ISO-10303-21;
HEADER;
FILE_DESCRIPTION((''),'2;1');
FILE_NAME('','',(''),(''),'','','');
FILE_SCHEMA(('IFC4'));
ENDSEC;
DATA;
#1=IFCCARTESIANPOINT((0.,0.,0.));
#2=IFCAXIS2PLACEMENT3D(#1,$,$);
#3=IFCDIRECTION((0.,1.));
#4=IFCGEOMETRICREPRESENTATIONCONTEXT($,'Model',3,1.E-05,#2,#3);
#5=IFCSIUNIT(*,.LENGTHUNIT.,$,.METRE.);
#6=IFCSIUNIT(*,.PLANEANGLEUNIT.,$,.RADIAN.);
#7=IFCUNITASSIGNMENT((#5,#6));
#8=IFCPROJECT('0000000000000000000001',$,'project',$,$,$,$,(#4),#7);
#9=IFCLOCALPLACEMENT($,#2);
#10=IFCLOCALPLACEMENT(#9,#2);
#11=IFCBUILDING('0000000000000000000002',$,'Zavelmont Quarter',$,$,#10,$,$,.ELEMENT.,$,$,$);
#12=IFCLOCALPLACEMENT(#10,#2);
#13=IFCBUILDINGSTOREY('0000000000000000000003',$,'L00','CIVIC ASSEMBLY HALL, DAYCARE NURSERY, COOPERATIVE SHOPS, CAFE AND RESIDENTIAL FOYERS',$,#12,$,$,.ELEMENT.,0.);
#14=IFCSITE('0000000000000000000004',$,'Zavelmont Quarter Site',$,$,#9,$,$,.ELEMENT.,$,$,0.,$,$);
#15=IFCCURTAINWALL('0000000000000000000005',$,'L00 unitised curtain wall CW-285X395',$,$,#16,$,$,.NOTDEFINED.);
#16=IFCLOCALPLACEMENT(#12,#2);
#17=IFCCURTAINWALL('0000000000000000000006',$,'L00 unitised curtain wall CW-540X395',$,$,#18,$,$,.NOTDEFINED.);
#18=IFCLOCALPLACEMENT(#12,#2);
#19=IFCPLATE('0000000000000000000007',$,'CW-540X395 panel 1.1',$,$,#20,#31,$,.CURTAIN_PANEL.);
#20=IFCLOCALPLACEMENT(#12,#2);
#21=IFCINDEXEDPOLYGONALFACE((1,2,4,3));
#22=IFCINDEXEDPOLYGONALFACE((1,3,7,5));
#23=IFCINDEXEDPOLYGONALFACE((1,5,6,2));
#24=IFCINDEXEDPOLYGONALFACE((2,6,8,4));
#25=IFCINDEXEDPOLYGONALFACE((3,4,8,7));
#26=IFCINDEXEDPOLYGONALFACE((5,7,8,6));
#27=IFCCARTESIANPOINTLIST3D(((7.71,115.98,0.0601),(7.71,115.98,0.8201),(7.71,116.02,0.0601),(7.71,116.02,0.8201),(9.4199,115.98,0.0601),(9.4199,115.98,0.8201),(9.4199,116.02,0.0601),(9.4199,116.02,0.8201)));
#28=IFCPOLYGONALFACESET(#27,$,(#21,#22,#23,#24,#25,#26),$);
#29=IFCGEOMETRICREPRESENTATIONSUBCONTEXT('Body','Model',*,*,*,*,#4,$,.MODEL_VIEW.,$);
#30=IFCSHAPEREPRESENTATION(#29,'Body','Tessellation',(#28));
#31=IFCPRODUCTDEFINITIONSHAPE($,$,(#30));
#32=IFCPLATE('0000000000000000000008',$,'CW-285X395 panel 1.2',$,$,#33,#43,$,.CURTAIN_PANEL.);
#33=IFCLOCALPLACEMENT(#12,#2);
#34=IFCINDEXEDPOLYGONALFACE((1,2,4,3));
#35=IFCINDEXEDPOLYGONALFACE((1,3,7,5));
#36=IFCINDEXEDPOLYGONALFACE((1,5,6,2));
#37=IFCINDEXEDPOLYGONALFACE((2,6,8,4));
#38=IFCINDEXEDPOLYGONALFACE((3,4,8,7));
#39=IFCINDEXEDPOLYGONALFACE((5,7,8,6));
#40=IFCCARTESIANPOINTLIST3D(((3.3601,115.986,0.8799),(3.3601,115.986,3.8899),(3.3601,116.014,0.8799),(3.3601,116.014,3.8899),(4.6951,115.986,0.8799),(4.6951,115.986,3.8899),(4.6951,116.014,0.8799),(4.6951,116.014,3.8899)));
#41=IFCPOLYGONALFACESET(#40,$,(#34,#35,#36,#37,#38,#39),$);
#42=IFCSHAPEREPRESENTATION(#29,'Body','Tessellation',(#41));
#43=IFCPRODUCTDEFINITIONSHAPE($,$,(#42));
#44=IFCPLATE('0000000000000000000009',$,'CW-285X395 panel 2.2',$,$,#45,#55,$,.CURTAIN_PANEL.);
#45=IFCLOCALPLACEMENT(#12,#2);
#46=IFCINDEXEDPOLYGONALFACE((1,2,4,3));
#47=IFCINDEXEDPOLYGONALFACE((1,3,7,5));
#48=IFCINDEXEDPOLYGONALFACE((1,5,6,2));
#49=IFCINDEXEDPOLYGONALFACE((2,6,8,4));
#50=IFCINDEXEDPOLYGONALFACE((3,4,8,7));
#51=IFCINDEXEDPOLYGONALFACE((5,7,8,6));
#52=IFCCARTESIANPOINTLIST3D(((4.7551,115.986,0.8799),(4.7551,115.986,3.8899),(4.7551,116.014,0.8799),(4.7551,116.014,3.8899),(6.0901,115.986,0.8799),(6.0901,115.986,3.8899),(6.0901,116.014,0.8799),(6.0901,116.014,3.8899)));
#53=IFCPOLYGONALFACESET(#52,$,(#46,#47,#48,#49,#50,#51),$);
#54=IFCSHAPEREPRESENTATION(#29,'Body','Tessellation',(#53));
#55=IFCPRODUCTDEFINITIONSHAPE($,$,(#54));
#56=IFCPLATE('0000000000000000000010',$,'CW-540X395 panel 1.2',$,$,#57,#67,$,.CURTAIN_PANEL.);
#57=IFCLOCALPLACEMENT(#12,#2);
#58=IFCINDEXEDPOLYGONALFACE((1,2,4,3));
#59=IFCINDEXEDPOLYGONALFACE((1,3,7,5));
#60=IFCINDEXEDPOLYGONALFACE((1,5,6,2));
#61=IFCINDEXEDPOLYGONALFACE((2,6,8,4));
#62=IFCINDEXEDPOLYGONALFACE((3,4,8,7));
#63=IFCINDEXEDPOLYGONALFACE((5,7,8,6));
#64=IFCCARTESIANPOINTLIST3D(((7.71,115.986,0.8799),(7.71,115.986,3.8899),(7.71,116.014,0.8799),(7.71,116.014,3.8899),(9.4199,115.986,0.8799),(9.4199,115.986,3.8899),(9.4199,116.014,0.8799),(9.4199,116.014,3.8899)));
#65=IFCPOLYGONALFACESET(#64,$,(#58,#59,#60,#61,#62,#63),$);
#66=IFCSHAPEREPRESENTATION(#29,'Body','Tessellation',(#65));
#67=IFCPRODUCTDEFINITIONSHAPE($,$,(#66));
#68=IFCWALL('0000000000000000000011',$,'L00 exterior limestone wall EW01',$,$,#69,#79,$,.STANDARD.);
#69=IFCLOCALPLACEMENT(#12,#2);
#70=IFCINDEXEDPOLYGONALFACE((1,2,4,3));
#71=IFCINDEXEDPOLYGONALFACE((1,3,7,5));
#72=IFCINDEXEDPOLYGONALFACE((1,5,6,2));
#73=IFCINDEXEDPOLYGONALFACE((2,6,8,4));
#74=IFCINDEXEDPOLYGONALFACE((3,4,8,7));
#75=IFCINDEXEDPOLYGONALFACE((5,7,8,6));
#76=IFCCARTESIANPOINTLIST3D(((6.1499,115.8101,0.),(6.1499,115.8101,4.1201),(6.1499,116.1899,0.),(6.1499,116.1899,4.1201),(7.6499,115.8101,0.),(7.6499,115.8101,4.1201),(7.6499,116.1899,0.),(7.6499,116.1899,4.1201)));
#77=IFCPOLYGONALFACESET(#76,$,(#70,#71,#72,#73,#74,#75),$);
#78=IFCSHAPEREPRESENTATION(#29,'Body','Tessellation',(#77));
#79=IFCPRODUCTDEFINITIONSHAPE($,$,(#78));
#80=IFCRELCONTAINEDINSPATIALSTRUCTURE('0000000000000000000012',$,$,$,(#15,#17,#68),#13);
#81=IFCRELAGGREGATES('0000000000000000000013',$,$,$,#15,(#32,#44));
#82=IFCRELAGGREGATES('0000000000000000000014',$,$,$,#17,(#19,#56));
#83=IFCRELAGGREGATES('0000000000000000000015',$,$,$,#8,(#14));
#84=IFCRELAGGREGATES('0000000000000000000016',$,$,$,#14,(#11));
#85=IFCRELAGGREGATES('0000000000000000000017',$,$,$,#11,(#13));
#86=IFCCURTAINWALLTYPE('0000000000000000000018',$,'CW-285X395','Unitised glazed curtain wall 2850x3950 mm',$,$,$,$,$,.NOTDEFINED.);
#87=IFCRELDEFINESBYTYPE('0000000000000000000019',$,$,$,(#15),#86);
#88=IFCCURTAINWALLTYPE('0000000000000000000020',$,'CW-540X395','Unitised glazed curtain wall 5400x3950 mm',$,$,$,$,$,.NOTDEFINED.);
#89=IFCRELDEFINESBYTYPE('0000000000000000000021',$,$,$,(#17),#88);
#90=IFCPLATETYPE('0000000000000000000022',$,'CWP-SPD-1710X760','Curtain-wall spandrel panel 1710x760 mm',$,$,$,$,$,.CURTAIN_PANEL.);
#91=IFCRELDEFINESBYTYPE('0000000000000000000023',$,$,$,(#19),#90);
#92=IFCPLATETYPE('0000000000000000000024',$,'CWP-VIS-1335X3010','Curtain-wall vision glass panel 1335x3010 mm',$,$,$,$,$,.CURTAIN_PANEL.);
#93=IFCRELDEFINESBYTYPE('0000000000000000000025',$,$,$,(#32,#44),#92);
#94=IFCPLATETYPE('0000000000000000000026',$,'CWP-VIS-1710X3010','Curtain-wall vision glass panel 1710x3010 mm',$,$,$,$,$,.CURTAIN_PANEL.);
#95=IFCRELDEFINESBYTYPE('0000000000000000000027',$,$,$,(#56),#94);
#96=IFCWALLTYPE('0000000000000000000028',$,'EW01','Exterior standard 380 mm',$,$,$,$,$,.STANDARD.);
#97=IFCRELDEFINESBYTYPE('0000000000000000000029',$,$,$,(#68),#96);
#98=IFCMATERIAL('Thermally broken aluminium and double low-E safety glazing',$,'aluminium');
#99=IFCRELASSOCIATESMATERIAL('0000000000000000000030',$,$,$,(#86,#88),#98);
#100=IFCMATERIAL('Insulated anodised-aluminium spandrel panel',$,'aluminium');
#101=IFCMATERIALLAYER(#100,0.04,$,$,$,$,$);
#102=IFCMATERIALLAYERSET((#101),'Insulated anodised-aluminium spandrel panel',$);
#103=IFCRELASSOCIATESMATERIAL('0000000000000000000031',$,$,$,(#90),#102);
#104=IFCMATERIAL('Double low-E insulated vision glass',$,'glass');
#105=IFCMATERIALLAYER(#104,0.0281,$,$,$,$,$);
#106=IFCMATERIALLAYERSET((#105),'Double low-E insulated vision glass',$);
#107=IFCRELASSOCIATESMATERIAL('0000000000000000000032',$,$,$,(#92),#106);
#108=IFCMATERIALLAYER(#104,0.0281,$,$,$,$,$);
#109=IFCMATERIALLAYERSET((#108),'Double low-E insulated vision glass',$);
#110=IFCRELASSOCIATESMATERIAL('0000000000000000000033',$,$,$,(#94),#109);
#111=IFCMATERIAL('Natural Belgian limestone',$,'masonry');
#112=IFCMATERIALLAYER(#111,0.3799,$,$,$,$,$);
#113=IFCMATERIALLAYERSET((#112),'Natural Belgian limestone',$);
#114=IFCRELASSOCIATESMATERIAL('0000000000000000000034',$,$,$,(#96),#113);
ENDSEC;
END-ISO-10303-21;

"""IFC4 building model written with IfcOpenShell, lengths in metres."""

from ifc_helpers import new_model, si_unit, direction, frame, frame_2d, origin, origin_2d, place, context, subcontext, project, spatial, rectangle, extrude, material, layer, layer_set, type_object, element, aggregate, save


model = new_model("IFC4")

# Units and contexts
model_context = context("Model", 3, precision=1e-05, world=origin(), true_north=direction((0.0, 1.0)))
body_context = subcontext(model_context, "Body", "Model", "MODEL_VIEW")
ifc_project = project(units=[si_unit("LENGTHUNIT", "METRE"), si_unit("PLANEANGLEUNIT", "RADIAN")], contexts=[model_context])

# Site, building, storey
site_placement = place(None, origin())
site = spatial("IfcSite", under=ifc_project, at=site_placement, Name="Zavelmont Quarter Site", CompositionType="ELEMENT", RefElevation=0.0)
building_placement = place(site_placement, origin())
building = spatial("IfcBuilding", under=site, at=building_placement, Name="Zavelmont Quarter", CompositionType="ELEMENT")
storey_placement = place(building_placement, origin())
storey = spatial("IfcBuildingStorey", under=building, at=storey_placement, Name="L00", Description="CIVIC ASSEMBLY HALL, DAYCARE NURSERY, COOPERATIVE SHOPS, CAFE AND RESIDENTIAL FOYERS", CompositionType="ELEMENT", Elevation=0.0)

# Curtain walls
ifc_material_1 = material(Name="Thermally broken aluminium and double low-E safety glazing", Category="aluminium")
curtain_wall_type_1 = type_object("IfcCurtainWallType", Name="CW-285X395", Description="Unitised glazed curtain wall 2850x3950 mm", PredefinedType="NOTDEFINED", material=ifc_material_1)
curtain_wall_1_placement = place(storey_placement, origin())
curtain_wall_1 = element("IfcCurtainWall", 1, at=curtain_wall_1_placement, inside=storey, type_object=curtain_wall_type_1, Name="L00 unitised curtain wall CW-285X395", PredefinedType="NOTDEFINED")
curtain_wall_type_2 = type_object("IfcCurtainWallType", Name="CW-540X395", Description="Unitised glazed curtain wall 5400x3950 mm", PredefinedType="NOTDEFINED", material=ifc_material_1)
curtain_wall_2_placement = place(storey_placement, origin())
curtain_wall_2 = element("IfcCurtainWall", 2, at=curtain_wall_2_placement, inside=storey, type_object=curtain_wall_type_2, Name="L00 unitised curtain wall CW-540X395", PredefinedType="NOTDEFINED")

# Plates
ifc_material_2 = material(Name="Insulated anodised-aluminium spandrel panel", Category="aluminium")
ifc_layer_1 = layer(ifc_material_2, 0.04)
ifc_layer_set_1 = layer_set([ifc_layer_1], Name="Insulated anodised-aluminium spandrel panel")
plate_type_1 = type_object("IfcPlateType", Name="CWP-SPD-1710X760", Description="Curtain-wall spandrel panel 1710x760 mm", PredefinedType="CURTAIN_PANEL", material=ifc_layer_set_1)
plate_1_placement = place(storey_placement, frame((8.5649, 116.0, 0.0601), z_axis=(0.0, 0.0, 1.0), x_axis=(1.0, 0.0, 0.0)))
plate_1 = element("IfcPlate", 3, at=plate_1_placement, type_object=plate_type_1, Name="CW-540X395 panel 1.1", PredefinedType="CURTAIN_PANEL", context=body_context, shape_type="SweptSolid", body=[
    extrude(rectangle(XDim=1.71, YDim=0.04, at=origin_2d()), origin(), (0.0, 0.0, 1.0), 0.76),
])
ifc_material_3 = material(Name="Double low-E insulated vision glass", Category="glass")
ifc_layer_2 = layer(ifc_material_3, 0.0281)
ifc_layer_set_2 = layer_set([ifc_layer_2], Name="Double low-E insulated vision glass")
plate_type_2 = type_object("IfcPlateType", Name="CWP-VIS-1335X3010", Description="Curtain-wall vision glass panel 1335x3010 mm", PredefinedType="CURTAIN_PANEL", material=ifc_layer_set_2)
plate_2_placement = place(storey_placement, frame((4.0276, 116.0, 0.8799), z_axis=(0.0, 0.0, 1.0), x_axis=(1.0, 0.0, 0.0)))
plate_2 = element("IfcPlate", 4, at=plate_2_placement, type_object=plate_type_2, Name="CW-285X395 panel 1.2", PredefinedType="CURTAIN_PANEL", context=body_context, shape_type="SweptSolid", body=[
    extrude(rectangle(XDim=1.335, YDim=0.0281, at=origin_2d()), origin(), (0.0, 0.0, 1.0), 3.01),
])
plate_3_placement = place(storey_placement, frame((5.4226, 116.0, 0.8799), z_axis=(0.0, 0.0, 1.0), x_axis=(1.0, 0.0, 0.0)))
plate_3 = element("IfcPlate", 5, at=plate_3_placement, type_object=plate_type_2, Name="CW-285X395 panel 2.2", PredefinedType="CURTAIN_PANEL", context=body_context, shape_type="SweptSolid", body=[
    extrude(rectangle(XDim=1.335, YDim=0.0281, at=origin_2d()), origin(), (0.0, 0.0, 1.0), 3.01),
])
aggregate(curtain_wall_1, [plate_2, plate_3])
ifc_layer_3 = layer(ifc_material_3, 0.0281)
ifc_layer_set_3 = layer_set([ifc_layer_3], Name="Double low-E insulated vision glass")
plate_type_3 = type_object("IfcPlateType", Name="CWP-VIS-1710X3010", Description="Curtain-wall vision glass panel 1710x3010 mm", PredefinedType="CURTAIN_PANEL", material=ifc_layer_set_3)
plate_4_placement = place(storey_placement, frame((8.5649, 116.0, 0.8799), z_axis=(0.0, 0.0, 1.0), x_axis=(1.0, 0.0, 0.0)))
plate_4 = element("IfcPlate", 6, at=plate_4_placement, type_object=plate_type_3, Name="CW-540X395 panel 1.2", PredefinedType="CURTAIN_PANEL", context=body_context, shape_type="SweptSolid", body=[
    extrude(rectangle(XDim=1.71, YDim=0.0281, at=origin_2d()), origin(), (0.0, 0.0, 1.0), 3.01),
])
aggregate(curtain_wall_2, [plate_1, plate_4])

# Wall
ifc_material_4 = material(Name="Natural Belgian limestone", Category="masonry")
ifc_layer_4 = layer(ifc_material_4, 0.3799)
ifc_layer_set_4 = layer_set([ifc_layer_4], Name="Natural Belgian limestone")
wall_type = type_object("IfcWallType", Name="EW01", Description="Exterior standard 380 mm", PredefinedType="STANDARD", material=ifc_layer_set_4)
wall_placement = place(storey_placement, frame((6.1499, 116.0, 0.0), z_axis=(0.0, 0.0, 1.0), x_axis=(1.0, 0.0, 0.0)))
element("IfcWall", 7, at=wall_placement, inside=storey, type_object=wall_type, Name="L00 exterior limestone wall EW01", PredefinedType="STANDARD", context=body_context, shape_type="SweptSolid", body=[
    extrude(rectangle(XDim=1.5, YDim=0.3799, at=frame_2d((0.75, 0.0))), origin(), (0.0, 0.0, 1.0), 4.1201),
])

save(model, "model.ifc")
